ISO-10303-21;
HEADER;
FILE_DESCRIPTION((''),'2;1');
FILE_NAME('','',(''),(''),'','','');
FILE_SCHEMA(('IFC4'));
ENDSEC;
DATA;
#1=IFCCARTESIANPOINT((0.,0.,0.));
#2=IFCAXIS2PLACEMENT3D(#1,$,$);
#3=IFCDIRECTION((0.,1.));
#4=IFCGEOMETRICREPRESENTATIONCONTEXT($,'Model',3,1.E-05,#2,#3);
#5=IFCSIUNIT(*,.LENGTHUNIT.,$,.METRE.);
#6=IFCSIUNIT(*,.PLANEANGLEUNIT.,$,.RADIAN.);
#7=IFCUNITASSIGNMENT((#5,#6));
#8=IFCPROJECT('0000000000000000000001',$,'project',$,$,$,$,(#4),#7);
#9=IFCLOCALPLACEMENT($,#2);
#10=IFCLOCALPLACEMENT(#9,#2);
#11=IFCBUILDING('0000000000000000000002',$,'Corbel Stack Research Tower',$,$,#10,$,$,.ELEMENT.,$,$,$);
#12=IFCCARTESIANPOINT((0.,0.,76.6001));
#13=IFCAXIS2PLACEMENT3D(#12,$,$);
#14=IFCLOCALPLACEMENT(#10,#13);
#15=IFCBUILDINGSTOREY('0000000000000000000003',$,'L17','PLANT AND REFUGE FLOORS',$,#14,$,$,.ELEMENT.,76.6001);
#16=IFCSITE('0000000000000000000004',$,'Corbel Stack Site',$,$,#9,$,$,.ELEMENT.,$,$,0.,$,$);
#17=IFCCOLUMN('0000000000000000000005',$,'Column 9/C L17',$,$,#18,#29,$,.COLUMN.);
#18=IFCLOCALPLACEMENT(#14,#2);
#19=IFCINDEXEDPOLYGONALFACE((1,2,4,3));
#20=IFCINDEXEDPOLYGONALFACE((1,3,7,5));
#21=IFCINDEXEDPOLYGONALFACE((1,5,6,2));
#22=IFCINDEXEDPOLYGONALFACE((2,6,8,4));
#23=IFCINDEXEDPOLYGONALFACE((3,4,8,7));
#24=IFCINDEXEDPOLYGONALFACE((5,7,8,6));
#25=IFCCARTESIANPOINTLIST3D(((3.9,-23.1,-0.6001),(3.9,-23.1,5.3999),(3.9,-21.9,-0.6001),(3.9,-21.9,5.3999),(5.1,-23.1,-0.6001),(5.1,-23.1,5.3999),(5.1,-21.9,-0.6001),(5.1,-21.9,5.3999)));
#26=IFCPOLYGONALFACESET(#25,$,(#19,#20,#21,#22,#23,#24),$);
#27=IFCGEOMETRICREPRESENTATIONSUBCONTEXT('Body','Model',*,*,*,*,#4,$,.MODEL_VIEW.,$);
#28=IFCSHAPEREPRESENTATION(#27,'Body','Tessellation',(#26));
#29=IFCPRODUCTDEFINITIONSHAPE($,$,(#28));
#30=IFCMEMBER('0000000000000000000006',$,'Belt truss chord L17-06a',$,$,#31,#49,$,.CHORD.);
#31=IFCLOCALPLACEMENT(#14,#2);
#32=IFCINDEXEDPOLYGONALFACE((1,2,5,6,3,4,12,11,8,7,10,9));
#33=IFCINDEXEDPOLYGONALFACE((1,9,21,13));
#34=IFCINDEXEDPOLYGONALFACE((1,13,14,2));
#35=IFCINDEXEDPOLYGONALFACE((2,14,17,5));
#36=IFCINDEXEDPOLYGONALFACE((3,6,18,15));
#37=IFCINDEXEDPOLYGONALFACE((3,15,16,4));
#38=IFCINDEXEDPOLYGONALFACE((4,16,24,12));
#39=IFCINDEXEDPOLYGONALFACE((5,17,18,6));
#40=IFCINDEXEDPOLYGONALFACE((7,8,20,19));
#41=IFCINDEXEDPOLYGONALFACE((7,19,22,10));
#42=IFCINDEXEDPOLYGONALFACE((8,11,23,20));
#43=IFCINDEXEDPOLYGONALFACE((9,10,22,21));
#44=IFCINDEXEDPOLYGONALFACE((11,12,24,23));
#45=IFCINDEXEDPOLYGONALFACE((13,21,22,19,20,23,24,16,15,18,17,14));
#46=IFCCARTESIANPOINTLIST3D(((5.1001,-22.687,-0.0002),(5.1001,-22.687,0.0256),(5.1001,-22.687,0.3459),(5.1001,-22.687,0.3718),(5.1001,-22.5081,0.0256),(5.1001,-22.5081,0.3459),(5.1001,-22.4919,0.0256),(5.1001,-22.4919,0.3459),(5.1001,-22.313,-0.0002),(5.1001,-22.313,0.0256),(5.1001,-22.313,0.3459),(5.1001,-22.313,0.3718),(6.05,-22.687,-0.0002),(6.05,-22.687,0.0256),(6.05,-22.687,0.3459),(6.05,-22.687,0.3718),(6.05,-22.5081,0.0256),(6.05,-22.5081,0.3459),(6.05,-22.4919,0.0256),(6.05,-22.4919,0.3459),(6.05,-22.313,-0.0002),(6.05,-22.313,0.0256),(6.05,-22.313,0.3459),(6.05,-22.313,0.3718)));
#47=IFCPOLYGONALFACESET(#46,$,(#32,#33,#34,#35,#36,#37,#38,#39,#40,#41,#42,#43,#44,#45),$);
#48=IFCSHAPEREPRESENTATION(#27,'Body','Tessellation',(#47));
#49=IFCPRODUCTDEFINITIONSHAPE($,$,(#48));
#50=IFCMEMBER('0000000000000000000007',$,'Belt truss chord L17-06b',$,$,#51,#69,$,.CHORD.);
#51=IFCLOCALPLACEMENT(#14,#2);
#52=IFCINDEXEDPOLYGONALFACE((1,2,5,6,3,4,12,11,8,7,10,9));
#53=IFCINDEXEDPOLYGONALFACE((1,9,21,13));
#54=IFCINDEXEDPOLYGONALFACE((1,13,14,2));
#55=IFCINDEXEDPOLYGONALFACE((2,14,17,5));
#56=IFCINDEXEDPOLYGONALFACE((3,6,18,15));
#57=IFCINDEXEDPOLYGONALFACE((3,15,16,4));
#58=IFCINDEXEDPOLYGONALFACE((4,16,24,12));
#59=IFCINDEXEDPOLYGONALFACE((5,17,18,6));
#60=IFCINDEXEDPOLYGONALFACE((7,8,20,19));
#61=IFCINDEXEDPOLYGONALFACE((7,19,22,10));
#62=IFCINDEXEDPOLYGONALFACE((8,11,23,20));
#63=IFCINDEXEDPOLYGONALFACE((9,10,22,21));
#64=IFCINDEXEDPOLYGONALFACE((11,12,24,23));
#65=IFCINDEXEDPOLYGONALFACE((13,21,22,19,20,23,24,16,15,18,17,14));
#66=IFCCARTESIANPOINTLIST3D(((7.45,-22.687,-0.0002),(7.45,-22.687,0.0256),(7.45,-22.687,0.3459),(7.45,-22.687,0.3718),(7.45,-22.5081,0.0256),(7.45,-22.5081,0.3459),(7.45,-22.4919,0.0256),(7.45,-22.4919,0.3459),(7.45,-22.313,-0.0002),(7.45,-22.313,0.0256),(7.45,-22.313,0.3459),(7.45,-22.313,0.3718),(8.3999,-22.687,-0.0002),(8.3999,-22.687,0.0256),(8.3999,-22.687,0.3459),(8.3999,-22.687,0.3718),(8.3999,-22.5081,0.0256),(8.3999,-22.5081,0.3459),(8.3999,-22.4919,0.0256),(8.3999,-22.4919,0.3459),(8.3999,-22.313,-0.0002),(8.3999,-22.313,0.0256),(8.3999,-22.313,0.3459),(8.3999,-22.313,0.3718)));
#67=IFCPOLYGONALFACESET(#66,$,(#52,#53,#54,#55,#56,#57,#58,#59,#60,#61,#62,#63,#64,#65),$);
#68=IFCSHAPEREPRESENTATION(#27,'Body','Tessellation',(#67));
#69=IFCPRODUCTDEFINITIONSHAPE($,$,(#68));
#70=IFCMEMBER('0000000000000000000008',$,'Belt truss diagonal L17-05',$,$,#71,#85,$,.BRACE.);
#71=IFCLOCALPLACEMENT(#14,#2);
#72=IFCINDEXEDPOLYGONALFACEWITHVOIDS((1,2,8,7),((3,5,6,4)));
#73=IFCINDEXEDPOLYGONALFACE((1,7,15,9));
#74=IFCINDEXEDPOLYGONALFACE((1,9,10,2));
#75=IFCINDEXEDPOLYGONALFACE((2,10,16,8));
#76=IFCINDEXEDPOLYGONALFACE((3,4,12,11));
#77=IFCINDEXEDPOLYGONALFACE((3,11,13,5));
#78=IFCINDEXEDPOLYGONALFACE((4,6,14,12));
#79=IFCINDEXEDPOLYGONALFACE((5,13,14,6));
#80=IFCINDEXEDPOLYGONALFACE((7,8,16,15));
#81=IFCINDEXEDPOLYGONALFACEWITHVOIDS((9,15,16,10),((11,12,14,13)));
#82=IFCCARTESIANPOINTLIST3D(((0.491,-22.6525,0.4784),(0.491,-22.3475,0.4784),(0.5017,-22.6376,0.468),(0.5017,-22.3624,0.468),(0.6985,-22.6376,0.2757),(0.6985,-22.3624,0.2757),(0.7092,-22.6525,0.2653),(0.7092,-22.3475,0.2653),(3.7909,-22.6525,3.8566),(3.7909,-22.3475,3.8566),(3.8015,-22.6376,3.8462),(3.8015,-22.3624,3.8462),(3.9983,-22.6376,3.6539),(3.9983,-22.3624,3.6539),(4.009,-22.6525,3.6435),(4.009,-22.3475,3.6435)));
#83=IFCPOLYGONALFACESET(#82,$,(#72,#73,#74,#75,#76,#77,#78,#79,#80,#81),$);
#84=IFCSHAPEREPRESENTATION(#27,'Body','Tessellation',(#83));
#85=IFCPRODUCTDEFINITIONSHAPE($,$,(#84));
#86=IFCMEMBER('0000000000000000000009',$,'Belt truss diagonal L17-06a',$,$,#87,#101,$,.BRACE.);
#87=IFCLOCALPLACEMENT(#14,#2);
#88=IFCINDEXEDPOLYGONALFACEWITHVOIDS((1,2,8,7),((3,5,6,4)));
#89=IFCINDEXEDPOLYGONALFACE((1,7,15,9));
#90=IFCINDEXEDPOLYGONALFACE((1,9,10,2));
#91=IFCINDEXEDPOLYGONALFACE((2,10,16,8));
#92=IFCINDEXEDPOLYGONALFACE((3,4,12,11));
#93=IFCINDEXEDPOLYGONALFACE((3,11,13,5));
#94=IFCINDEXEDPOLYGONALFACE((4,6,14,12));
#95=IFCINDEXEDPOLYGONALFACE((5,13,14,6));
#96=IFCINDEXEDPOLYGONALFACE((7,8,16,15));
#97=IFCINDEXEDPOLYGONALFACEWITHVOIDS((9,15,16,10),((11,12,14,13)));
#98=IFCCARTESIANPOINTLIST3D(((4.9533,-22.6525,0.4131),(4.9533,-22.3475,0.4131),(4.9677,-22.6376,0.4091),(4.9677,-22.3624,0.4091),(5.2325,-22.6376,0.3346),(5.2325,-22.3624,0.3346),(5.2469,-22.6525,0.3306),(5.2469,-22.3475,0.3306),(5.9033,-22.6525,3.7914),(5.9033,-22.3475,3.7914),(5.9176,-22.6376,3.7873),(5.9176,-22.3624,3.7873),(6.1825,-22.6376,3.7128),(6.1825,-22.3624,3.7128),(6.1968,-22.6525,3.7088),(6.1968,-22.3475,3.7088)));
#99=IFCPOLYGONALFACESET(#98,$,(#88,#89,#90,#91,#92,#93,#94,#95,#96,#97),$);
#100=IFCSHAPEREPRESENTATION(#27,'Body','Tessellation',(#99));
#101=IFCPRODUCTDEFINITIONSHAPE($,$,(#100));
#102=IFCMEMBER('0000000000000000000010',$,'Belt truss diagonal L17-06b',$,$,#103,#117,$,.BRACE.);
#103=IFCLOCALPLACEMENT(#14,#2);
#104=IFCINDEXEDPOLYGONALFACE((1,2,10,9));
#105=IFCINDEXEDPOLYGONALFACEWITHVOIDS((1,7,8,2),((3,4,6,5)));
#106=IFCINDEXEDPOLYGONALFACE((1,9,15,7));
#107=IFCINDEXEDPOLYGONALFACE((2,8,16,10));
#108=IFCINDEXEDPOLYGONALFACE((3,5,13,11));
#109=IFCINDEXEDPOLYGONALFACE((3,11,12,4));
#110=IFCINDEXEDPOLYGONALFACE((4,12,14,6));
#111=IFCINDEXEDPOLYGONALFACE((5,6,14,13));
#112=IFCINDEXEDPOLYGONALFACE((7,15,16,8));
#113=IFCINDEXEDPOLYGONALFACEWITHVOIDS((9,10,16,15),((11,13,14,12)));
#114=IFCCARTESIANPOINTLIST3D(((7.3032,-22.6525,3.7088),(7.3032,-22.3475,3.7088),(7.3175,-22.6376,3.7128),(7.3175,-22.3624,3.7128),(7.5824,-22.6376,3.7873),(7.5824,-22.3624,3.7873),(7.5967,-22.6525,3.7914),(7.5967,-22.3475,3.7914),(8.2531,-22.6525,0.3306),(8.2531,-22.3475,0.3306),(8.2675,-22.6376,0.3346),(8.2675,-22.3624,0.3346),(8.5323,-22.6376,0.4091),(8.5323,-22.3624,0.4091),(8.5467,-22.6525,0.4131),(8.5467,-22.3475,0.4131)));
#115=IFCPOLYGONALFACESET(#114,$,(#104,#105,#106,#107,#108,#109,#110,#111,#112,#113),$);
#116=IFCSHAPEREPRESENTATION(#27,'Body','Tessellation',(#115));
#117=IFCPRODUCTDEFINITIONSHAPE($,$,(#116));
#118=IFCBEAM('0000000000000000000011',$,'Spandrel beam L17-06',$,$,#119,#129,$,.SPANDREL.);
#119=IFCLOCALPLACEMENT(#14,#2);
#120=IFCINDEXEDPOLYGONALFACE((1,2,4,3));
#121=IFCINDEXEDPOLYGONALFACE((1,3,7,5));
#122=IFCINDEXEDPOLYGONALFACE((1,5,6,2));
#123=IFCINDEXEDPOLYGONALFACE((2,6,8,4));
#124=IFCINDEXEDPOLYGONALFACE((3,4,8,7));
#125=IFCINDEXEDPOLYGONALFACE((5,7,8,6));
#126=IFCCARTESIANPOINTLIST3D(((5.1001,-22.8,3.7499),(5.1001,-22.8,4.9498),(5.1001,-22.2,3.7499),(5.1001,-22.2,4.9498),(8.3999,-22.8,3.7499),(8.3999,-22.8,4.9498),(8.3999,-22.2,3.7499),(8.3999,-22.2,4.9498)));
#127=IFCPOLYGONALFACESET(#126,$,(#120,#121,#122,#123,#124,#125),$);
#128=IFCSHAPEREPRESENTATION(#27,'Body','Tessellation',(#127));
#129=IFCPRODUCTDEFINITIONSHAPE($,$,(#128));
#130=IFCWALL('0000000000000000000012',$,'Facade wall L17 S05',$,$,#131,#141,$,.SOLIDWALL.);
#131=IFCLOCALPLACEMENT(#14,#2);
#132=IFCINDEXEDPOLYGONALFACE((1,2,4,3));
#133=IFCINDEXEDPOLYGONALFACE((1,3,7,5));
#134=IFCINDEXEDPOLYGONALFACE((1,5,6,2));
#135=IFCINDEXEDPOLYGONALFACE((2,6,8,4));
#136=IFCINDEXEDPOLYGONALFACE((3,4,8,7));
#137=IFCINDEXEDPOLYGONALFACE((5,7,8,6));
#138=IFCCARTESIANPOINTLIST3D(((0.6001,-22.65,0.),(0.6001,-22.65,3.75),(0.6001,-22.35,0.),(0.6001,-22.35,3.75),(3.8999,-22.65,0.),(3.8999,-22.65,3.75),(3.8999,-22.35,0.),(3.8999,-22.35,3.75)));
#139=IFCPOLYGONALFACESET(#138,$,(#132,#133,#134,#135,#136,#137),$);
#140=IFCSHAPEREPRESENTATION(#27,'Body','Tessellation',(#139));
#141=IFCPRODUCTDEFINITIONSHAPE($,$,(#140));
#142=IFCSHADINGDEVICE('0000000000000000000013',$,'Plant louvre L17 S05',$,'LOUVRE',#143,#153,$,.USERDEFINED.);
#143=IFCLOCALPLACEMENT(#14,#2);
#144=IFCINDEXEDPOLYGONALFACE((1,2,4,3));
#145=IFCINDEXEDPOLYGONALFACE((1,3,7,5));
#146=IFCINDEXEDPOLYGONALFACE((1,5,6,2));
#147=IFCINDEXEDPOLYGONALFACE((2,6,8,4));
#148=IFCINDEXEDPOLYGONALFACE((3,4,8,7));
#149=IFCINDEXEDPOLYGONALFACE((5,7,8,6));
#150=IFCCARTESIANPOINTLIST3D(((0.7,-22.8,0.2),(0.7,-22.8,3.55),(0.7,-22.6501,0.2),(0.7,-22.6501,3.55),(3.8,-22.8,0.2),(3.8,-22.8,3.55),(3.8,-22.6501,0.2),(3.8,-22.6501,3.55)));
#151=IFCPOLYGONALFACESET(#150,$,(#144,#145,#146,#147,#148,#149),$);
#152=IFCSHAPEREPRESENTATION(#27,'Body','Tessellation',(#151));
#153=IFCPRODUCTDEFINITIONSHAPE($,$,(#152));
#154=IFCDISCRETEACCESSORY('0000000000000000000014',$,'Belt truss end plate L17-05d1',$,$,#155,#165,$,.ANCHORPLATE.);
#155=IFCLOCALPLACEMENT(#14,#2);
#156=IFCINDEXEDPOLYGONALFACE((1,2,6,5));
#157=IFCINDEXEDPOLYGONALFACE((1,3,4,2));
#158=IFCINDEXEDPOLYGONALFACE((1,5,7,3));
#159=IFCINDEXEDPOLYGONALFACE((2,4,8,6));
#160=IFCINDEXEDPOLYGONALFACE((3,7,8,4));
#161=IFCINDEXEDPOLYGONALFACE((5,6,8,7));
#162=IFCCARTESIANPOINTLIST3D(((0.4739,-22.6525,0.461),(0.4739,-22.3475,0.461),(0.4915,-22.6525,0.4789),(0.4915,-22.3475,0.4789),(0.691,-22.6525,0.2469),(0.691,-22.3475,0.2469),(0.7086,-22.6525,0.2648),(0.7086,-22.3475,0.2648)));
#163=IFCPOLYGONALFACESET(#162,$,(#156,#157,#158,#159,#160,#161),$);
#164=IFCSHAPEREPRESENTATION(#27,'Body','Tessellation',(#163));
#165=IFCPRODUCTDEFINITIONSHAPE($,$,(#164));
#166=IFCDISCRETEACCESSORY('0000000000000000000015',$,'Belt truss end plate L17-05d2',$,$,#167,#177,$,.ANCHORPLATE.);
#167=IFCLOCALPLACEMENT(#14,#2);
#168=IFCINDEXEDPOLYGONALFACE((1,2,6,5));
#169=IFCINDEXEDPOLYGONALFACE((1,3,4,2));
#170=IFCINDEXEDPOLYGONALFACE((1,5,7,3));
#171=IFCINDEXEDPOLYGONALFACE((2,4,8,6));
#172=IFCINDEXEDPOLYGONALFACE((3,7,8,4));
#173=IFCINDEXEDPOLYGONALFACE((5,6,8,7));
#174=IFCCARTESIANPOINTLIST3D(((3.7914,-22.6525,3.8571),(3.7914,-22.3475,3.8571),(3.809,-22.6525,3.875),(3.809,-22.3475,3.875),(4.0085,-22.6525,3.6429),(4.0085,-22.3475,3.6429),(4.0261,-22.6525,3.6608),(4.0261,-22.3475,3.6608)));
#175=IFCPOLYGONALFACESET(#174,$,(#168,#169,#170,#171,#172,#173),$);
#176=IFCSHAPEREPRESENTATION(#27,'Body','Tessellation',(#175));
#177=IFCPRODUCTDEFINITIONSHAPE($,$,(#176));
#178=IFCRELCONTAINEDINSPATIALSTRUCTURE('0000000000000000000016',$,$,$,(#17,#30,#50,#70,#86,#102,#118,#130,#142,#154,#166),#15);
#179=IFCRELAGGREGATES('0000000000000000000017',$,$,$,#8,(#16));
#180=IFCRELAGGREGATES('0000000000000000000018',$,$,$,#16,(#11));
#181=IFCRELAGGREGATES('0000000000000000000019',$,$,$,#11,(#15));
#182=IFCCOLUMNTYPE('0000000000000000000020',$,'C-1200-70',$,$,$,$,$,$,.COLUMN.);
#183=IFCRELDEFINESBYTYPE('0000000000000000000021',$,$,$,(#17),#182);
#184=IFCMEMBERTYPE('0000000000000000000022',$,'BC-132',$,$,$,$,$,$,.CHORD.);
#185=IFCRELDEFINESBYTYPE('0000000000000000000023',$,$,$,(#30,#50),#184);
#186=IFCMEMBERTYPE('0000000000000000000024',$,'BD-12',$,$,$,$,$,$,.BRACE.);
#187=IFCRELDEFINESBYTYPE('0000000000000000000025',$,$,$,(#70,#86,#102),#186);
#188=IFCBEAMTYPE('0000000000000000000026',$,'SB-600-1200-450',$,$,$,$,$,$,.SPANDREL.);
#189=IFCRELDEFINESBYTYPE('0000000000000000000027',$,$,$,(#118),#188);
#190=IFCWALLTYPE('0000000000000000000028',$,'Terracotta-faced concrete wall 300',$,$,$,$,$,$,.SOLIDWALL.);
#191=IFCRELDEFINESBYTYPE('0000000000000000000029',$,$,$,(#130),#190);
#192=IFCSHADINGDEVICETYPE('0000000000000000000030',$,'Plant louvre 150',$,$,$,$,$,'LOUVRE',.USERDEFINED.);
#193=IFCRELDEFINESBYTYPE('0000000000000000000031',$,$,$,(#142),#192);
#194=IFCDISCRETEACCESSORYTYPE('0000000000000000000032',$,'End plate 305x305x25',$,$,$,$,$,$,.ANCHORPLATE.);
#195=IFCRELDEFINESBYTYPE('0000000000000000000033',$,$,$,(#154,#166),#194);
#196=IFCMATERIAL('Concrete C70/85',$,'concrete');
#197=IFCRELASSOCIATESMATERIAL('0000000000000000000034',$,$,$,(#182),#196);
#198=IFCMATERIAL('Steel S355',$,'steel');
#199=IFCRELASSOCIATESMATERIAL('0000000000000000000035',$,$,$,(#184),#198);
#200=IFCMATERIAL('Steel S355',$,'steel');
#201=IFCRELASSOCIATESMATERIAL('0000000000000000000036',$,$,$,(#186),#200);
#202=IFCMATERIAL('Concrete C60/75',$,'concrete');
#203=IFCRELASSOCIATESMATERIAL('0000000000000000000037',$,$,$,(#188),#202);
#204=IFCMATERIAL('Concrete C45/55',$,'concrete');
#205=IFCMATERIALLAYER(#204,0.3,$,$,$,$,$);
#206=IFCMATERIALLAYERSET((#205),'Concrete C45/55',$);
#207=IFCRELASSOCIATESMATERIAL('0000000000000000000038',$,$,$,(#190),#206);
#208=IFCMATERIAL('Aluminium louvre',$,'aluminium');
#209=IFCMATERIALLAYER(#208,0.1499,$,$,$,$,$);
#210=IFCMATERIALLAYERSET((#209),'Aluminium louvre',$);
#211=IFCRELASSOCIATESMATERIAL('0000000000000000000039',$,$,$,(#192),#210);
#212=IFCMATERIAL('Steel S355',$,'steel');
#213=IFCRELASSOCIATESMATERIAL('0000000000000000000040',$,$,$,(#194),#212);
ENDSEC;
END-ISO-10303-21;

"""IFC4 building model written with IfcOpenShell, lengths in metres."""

from ifc_helpers import new_model, si_unit, direction, frame, frame_2d, origin, origin_2d, place, context, subcontext, project, spatial, rectangle, hollow_rectangle, i_section, extrude, material, layer, layer_set, material_profile, profile_set, type_object, element, save


model = new_model("IFC4")

# Units and contexts
model_context = context("Model", 3, precision=1e-05, world=origin(), true_north=direction((0.0, 1.0)))
body_context = subcontext(model_context, "Body", "Model", "MODEL_VIEW")
ifc_project = project(units=[si_unit("LENGTHUNIT", "METRE"), si_unit("PLANEANGLEUNIT", "RADIAN")], contexts=[model_context])

# Site, building, storey
site_placement = place(None, origin())
site = spatial("IfcSite", under=ifc_project, at=site_placement, Name="Corbel Stack Site", CompositionType="ELEMENT", RefElevation=0.0)
building_placement = place(site_placement, origin())
building = spatial("IfcBuilding", under=site, at=building_placement, Name="Corbel Stack Research Tower", CompositionType="ELEMENT")
storey_placement = place(building_placement, frame((0.0, 0.0, 76.6001)))
storey = spatial("IfcBuildingStorey", under=building, at=storey_placement, Name="L17", Description="PLANT AND REFUGE FLOORS", CompositionType="ELEMENT", Elevation=76.6001)

# Column
ifc_material_1 = material(Name="Concrete C70/85", Category="concrete")
ifc_material_profile_1 = material_profile(ifc_material_1, rectangle(XDim=1.2, YDim=1.2, at=origin_2d()), Name="RC 1200 x 1200")
ifc_profile_set_1 = profile_set([ifc_material_profile_1], Name="Concrete C70/85")
column_type = type_object("IfcColumnType", Name="C-1200-70", PredefinedType="COLUMN", material=ifc_profile_set_1)
column_placement = place(storey_placement, frame((4.5, -22.5, -0.6001), z_axis=(0.0, 0.0, 1.0), x_axis=(1.0, 0.0, 0.0)))
element("IfcColumn", 1, at=column_placement, inside=storey, type_object=column_type, Name="Column 9/C L17", PredefinedType="COLUMN", context=body_context, shape_type="SweptSolid", body=[
    extrude(rectangle(XDim=1.2, YDim=1.2, at=origin_2d()), origin(), (0.0, 0.0, 1.0), 6.0),
])

# Members
ifc_material_2 = material(Name="Steel S355", Category="steel")
ifc_material_profile_2 = material_profile(ifc_material_2, i_section(OverallWidth=0.374, OverallDepth=0.3721, WebThickness=0.0161, FlangeThickness=0.0259, at=origin_2d()), Name="W14x132")
ifc_profile_set_2 = profile_set([ifc_material_profile_2], Name="Steel S355")
member_type_1 = type_object("IfcMemberType", Name="BC-132", PredefinedType="CHORD", material=ifc_profile_set_2)
for number, where, z_axis, x_axis, name in (
    (2, (5.1001, -22.5, 0.1858), (1.0, 0.0, 0.0), (0.0, 1.0, 0.0), "Belt truss chord L17-06a"),
    (3, (7.45, -22.5, 0.1858), (1.0, 0.0, 0.0), (0.0, 1.0, 0.0), "Belt truss chord L17-06b"),
):
    element("IfcMember", number, at=place(storey_placement, frame(where, z_axis=z_axis, x_axis=x_axis)), inside=storey, type_object=member_type_1, Name=name, PredefinedType="CHORD", context=body_context, shape_type="SweptSolid", body=[
        extrude(i_section(OverallWidth=0.374, OverallDepth=0.3721, WebThickness=0.0161, FlangeThickness=0.0259, at=origin_2d()), origin(), (0.0, 0.0, 1.0), 0.95),
    ])
ifc_material_3 = material(Name="Steel S355", Category="steel")
ifc_material_profile_3 = material_profile(ifc_material_3, hollow_rectangle(XDim=0.3049, YDim=0.3049, WallThickness=0.0149, at=origin_2d()), Name="HSS12x12x5/8")
ifc_profile_set_3 = profile_set([ifc_material_profile_3], Name="Steel S355")
member_type_2 = type_object("IfcMemberType", Name="BD-12", PredefinedType="BRACE", material=ifc_profile_set_3)
member_placement = place(storey_placement, frame((0.6001, -22.5, 0.3718), z_axis=(0.69876, 0.0, 0.715356), x_axis=(0.0, 1.0, 0.0)))
element("IfcMember", 4, at=member_placement, inside=storey, type_object=member_type_2, Name="Belt truss diagonal L17-05", PredefinedType="BRACE", context=body_context, shape_type="SweptSolid", body=[
    extrude(hollow_rectangle(XDim=0.3049, YDim=0.3049, WallThickness=0.0149, at=origin_2d()), origin(), (0.0, 0.0, 1.0), 4.7224),
])
for number, where, z_axis, x_axis, name in (
    (5, (5.1001, -22.5, 0.3718), (0.270703, 0.0, 0.962663), (0.0, 1.0, 0.0), "Belt truss diagonal L17-06a"),
    (6, (8.3999, -22.5, 0.3718), (-0.270703, 0.0, 0.962663), (0.0, -1.0, 0.0), "Belt truss diagonal L17-06b"),
):
    element("IfcMember", number, at=place(storey_placement, frame(where, z_axis=z_axis, x_axis=x_axis)), inside=storey, type_object=member_type_2, Name=name, PredefinedType="BRACE", context=body_context, shape_type="SweptSolid", body=[
        extrude(hollow_rectangle(XDim=0.3049, YDim=0.3049, WallThickness=0.0149, at=origin_2d()), origin(), (0.0, 0.0, 1.0), 3.5093),
    ])

# Beam
ifc_material_4 = material(Name="Concrete C60/75", Category="concrete")
ifc_material_profile_4 = material_profile(ifc_material_4, rectangle(XDim=0.6001, YDim=1.2, at=origin_2d()), Name="RC 600 x 1200")
ifc_profile_set_4 = profile_set([ifc_material_profile_4], Name="Concrete C60/75")
beam_type = type_object("IfcBeamType", Name="SB-600-1200-450", PredefinedType="SPANDREL", material=ifc_profile_set_4)
beam_placement = place(storey_placement, frame((5.1001, -22.5, 4.3499), z_axis=(1.0, 0.0, 0.0), x_axis=(0.0, 1.0, 0.0)))
element("IfcBeam", 7, at=beam_placement, inside=storey, type_object=beam_type, Name="Spandrel beam L17-06", PredefinedType="SPANDREL", context=body_context, shape_type="SweptSolid", body=[
    extrude(rectangle(XDim=0.6001, YDim=1.2, at=origin_2d()), origin(), (0.0, 0.0, 1.0), 3.2998),
])

# Wall
ifc_material_5 = material(Name="Concrete C45/55", Category="concrete")
ifc_layer_1 = layer(ifc_material_5, 0.3)
ifc_layer_set_1 = layer_set([ifc_layer_1], Name="Concrete C45/55")
wall_type = type_object("IfcWallType", Name="Terracotta-faced concrete wall 300", PredefinedType="SOLIDWALL", material=ifc_layer_set_1)
wall_placement = place(storey_placement, frame((3.8999, -22.5, 0.0), z_axis=(0.0, 0.0, 1.0), x_axis=(-1.0, 0.0, 0.0)))
element("IfcWall", 8, at=wall_placement, inside=storey, type_object=wall_type, Name="Facade wall L17 S05", PredefinedType="SOLIDWALL", context=body_context, shape_type="SweptSolid", body=[
    extrude(rectangle(XDim=3.2998, YDim=0.3, at=frame_2d((1.6499, 0.0))), origin(), (0.0, 0.0, 1.0), 3.75),
])

# Shading device
ifc_material_6 = material(Name="Aluminium louvre", Category="aluminium")
ifc_layer_2 = layer(ifc_material_6, 0.1499)
ifc_layer_set_2 = layer_set([ifc_layer_2], Name="Aluminium louvre")
shading_device_type = type_object("IfcShadingDeviceType", Name="Plant louvre 150", ElementType="LOUVRE", PredefinedType="USERDEFINED", material=ifc_layer_set_2)
shading_device_placement = place(storey_placement, frame((2.25, -22.7251, 0.2), z_axis=(0.0, 0.0, 1.0), x_axis=(1.0, 0.0, 0.0)))
element("IfcShadingDevice", 9, at=shading_device_placement, inside=storey, type_object=shading_device_type, Name="Plant louvre L17 S05", ObjectType="LOUVRE", PredefinedType="USERDEFINED", context=body_context, shape_type="SweptSolid", body=[
    extrude(rectangle(XDim=3.1001, YDim=0.1499, at=origin_2d()), origin(), (0.0, 0.0, 1.0), 3.3501),
])

# Discrete accessories
ifc_material_7 = material(Name="Steel S355", Category="steel")
ifc_material_profile_5 = material_profile(ifc_material_7, rectangle(XDim=0.3049, YDim=0.3049, at=origin_2d()), Name="End plate 305x305x25")
ifc_profile_set_5 = profile_set([ifc_material_profile_5], Name="Steel S355")
discrete_accessory_type_1 = type_object("IfcDiscreteAccessoryType", Name="End plate 305x305x25", PredefinedType="ANCHORPLATE", material=ifc_profile_set_5)
for number, where, z_axis, x_axis, name in (
    (10, (0.6001, -22.5, 0.3718), (-0.702213, 0.0, -0.711966), (0.0, -1.0, 0.0), "Belt truss end plate L17-05d1"),
    (11, (3.8999, -22.5, 3.75), (0.702213, 0.0, 0.711966), (0.0, 1.0, 0.0), "Belt truss end plate L17-05d2"),
):
    element("IfcDiscreteAccessory", number, at=place(storey_placement, frame(where, z_axis=z_axis, x_axis=x_axis)), inside=storey, type_object=discrete_accessory_type_1, Name=name, PredefinedType="ANCHORPLATE", context=body_context, shape_type="SweptSolid", body=[
        extrude(rectangle(XDim=0.3049, YDim=0.3049, at=origin_2d()), origin(), (0.0, 0.0, 1.0), 0.0251),
    ])

save(model, "model.ifc")
